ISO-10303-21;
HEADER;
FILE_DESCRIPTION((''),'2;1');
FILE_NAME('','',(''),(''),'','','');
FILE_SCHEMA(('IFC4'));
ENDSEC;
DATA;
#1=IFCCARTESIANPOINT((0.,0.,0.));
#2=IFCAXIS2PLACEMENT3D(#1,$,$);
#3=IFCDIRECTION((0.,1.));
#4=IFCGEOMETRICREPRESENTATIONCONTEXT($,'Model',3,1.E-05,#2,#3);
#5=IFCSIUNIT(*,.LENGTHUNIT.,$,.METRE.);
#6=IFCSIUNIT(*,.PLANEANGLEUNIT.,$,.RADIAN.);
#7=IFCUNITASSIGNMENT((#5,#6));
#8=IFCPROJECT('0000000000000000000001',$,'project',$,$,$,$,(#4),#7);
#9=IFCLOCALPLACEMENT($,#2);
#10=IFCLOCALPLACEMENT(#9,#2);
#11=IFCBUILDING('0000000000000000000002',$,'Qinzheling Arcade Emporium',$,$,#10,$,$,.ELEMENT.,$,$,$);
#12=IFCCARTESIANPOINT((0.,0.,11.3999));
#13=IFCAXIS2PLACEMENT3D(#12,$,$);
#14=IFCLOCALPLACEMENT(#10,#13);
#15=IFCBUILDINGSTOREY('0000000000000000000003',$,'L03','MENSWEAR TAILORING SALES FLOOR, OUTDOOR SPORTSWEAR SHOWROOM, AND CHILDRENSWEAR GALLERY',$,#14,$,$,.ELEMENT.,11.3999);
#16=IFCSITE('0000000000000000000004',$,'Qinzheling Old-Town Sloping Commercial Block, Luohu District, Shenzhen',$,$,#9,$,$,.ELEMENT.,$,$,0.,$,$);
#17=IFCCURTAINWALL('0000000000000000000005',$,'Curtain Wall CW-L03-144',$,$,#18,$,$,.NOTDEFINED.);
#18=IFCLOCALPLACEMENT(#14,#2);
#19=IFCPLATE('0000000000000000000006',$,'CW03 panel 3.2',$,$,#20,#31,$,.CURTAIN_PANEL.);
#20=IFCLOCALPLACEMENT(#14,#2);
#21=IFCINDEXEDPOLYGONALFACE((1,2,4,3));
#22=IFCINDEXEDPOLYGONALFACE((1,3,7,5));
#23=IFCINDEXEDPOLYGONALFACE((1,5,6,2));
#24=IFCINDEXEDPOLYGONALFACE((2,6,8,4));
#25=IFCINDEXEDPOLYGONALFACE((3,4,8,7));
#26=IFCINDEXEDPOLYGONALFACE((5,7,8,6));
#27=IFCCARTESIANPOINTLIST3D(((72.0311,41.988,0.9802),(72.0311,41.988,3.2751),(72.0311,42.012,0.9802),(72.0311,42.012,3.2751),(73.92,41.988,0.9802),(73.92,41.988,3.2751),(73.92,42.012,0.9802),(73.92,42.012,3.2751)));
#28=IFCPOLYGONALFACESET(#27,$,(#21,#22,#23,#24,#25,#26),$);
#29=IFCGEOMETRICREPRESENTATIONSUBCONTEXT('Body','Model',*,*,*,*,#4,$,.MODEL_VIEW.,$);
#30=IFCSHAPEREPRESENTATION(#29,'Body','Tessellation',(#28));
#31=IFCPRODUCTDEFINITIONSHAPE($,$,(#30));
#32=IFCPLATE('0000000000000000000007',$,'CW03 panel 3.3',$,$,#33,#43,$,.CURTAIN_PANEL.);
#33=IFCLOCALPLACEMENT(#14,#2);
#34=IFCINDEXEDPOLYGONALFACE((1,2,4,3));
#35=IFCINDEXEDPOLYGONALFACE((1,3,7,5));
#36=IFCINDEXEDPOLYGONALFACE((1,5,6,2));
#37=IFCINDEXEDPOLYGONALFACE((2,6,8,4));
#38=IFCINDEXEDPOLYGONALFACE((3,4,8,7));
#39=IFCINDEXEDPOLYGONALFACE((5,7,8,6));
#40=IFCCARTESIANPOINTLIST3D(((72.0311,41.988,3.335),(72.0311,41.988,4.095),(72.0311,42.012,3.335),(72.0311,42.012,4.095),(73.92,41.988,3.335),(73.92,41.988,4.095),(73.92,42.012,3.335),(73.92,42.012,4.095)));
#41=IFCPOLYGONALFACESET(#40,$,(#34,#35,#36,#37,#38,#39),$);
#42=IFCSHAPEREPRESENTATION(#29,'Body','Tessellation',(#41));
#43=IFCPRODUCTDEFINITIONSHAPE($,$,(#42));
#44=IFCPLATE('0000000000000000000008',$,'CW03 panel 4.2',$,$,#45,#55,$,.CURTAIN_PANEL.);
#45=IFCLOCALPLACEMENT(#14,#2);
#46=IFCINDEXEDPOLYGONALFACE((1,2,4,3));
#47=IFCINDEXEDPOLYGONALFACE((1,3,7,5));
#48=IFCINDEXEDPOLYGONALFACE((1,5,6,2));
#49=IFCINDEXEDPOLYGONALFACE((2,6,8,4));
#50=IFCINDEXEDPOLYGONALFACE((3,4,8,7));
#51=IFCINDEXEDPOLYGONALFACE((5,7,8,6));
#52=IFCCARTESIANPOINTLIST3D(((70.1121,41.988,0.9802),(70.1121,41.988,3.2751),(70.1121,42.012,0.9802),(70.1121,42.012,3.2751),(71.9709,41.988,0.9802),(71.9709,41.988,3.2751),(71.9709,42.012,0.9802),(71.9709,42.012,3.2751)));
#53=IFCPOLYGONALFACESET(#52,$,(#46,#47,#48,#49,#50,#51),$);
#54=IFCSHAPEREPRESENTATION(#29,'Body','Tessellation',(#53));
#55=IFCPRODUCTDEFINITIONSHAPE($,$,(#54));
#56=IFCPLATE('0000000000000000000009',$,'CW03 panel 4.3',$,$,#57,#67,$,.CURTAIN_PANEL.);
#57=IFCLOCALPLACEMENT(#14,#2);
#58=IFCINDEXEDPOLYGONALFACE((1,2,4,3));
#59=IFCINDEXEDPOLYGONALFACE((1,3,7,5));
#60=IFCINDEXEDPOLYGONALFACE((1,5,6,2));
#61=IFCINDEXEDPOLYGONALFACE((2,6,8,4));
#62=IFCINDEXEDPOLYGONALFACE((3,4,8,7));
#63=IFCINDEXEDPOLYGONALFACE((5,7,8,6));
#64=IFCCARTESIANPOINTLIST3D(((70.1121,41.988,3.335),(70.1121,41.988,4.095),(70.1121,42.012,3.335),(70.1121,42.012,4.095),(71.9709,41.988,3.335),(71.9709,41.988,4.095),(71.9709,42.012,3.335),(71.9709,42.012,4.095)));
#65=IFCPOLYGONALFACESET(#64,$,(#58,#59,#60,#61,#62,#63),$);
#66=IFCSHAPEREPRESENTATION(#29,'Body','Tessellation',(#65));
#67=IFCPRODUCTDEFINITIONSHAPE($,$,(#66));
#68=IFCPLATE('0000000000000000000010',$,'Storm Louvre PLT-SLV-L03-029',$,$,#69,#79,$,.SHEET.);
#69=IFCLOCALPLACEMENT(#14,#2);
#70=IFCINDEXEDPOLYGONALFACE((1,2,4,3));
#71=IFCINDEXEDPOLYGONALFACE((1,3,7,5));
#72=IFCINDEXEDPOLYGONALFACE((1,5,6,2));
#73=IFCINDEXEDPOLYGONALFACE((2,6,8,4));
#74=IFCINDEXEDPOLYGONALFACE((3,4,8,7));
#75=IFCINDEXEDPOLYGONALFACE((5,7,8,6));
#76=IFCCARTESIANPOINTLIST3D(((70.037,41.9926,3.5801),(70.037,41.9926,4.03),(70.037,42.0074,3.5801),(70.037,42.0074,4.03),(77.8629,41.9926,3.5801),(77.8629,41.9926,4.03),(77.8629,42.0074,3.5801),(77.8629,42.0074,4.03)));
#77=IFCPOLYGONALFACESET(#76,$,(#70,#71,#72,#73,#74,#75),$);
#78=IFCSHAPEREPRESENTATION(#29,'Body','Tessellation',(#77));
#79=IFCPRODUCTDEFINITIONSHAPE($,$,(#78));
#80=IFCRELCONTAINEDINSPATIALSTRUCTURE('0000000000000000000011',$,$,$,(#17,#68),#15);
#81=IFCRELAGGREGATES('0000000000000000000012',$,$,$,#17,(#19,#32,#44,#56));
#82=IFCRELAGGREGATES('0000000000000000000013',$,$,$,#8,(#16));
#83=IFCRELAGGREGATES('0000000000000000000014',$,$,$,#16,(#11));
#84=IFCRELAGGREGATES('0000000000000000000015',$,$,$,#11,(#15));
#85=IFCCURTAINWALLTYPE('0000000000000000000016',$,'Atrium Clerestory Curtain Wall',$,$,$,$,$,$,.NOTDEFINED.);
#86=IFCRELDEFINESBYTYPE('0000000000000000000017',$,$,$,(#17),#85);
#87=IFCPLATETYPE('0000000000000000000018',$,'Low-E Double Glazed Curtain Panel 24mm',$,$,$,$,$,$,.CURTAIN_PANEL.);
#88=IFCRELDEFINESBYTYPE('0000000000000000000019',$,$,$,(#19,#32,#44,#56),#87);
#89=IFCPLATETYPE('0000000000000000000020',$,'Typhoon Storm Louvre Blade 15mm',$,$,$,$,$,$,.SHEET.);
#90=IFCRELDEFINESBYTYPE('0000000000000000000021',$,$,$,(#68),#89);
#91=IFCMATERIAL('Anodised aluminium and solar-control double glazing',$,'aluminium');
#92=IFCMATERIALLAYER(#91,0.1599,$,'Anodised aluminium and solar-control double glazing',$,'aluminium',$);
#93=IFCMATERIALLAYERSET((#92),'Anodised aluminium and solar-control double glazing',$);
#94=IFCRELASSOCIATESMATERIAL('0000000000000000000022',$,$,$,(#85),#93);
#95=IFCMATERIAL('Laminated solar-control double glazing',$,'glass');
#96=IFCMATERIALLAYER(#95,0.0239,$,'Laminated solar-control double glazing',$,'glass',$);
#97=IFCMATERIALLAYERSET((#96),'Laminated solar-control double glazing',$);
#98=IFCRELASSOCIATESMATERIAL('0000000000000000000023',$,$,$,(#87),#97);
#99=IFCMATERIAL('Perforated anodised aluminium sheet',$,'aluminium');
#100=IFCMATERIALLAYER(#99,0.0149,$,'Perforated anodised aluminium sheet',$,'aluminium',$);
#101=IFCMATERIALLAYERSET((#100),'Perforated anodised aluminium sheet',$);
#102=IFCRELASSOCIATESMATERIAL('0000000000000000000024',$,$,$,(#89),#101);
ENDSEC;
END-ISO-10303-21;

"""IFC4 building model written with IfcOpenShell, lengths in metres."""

from ifc_helpers import new_model, si_unit, direction, frame, origin, origin_2d, place, context, subcontext, project, spatial, rectangle, extrude, material, layer, layer_set, type_object, element, aggregate, save


model = new_model("IFC4")

# Units and contexts
model_context = context("Model", 3, precision=1e-05, world=origin(), true_north=direction((0.0, 1.0)))
body_context = subcontext(model_context, "Body", "Model", "MODEL_VIEW")
ifc_project = project(units=[si_unit("LENGTHUNIT", "METRE"), si_unit("PLANEANGLEUNIT", "RADIAN")], contexts=[model_context])

# Site, building, storey
site_placement = place(None, origin())
site = spatial("IfcSite", under=ifc_project, at=site_placement, Name="Qinzheling Old-Town Sloping Commercial Block, Luohu District, Shenzhen", CompositionType="ELEMENT", RefElevation=0.0)
building_placement = place(site_placement, origin())
building = spatial("IfcBuilding", under=site, at=building_placement, Name="Qinzheling Arcade Emporium", CompositionType="ELEMENT")
storey_placement = place(building_placement, frame((0.0, 0.0, 11.3999)))
storey = spatial("IfcBuildingStorey", under=building, at=storey_placement, Name="L03", Description="MENSWEAR TAILORING SALES FLOOR, OUTDOOR SPORTSWEAR SHOWROOM, AND CHILDRENSWEAR GALLERY", CompositionType="ELEMENT", Elevation=11.3999)

# Curtain wall, plates
ifc_material_1 = material(Name="Anodised aluminium and solar-control double glazing", Category="aluminium")
ifc_layer_1 = layer(ifc_material_1, 0.1599, Name="Anodised aluminium and solar-control double glazing", Category="aluminium")
ifc_layer_set_1 = layer_set([ifc_layer_1], Name="Anodised aluminium and solar-control double glazing")
curtain_wall_type = type_object("IfcCurtainWallType", Name="Atrium Clerestory Curtain Wall", PredefinedType="NOTDEFINED", material=ifc_layer_set_1)
curtain_wall_placement = place(storey_placement, origin())
curtain_wall = element("IfcCurtainWall", 1, at=curtain_wall_placement, inside=storey, type_object=curtain_wall_type, Name="Curtain Wall CW-L03-144", PredefinedType="NOTDEFINED")
ifc_material_2 = material(Name="Laminated solar-control double glazing", Category="glass")
ifc_layer_2 = layer(ifc_material_2, 0.0239, Name="Laminated solar-control double glazing", Category="glass")
ifc_layer_set_2 = layer_set([ifc_layer_2], Name="Laminated solar-control double glazing")
plate_type_1 = type_object("IfcPlateType", Name="Low-E Double Glazed Curtain Panel 24mm", PredefinedType="CURTAIN_PANEL", material=ifc_layer_set_2)
plate_1_placement = place(storey_placement, frame((72.9756, 42.0, 0.9802), z_axis=(0.0, 0.0, 1.0), x_axis=(-1.0, 0.0, 0.0)))
plate_1 = element("IfcPlate", 2, at=plate_1_placement, type_object=plate_type_1, Name="CW03 panel 3.2", PredefinedType="CURTAIN_PANEL", context=body_context, shape_type="SweptSolid", body=[
    extrude(rectangle(XDim=1.8889, YDim=0.0239, at=origin_2d()), origin(), (0.0, 0.0, 1.0), 2.2949),
])
plate_2_placement = place(storey_placement, frame((72.9756, 42.0, 3.335), z_axis=(0.0, 0.0, 1.0), x_axis=(-1.0, 0.0, 0.0)))
plate_2 = element("IfcPlate", 3, at=plate_2_placement, type_object=plate_type_1, Name="CW03 panel 3.3", PredefinedType="CURTAIN_PANEL", context=body_context, shape_type="SweptSolid", body=[
    extrude(rectangle(XDim=1.8889, YDim=0.0239, at=origin_2d()), origin(), (0.0, 0.0, 1.0), 0.76),
])
plate_3_placement = place(storey_placement, frame((71.0415, 42.0, 0.9802), z_axis=(0.0, 0.0, 1.0), x_axis=(-1.0, 0.0, 0.0)))
plate_3 = element("IfcPlate", 4, at=plate_3_placement, type_object=plate_type_1, Name="CW03 panel 4.2", PredefinedType="CURTAIN_PANEL", context=body_context, shape_type="SweptSolid", body=[
    extrude(rectangle(XDim=1.8589, YDim=0.0239, at=origin_2d()), origin(), (0.0, 0.0, 1.0), 2.2949),
])
plate_4_placement = place(storey_placement, frame((71.0415, 42.0, 3.335), z_axis=(0.0, 0.0, 1.0), x_axis=(-1.0, 0.0, 0.0)))
plate_4 = element("IfcPlate", 5, at=plate_4_placement, type_object=plate_type_1, Name="CW03 panel 4.3", PredefinedType="CURTAIN_PANEL", context=body_context, shape_type="SweptSolid", body=[
    extrude(rectangle(XDim=1.8589, YDim=0.0239, at=origin_2d()), origin(), (0.0, 0.0, 1.0), 0.76),
])
aggregate(curtain_wall, [plate_1, plate_2, plate_3, plate_4])

# Plate
ifc_material_3 = material(Name="Perforated anodised aluminium sheet", Category="aluminium")
ifc_layer_3 = layer(ifc_material_3, 0.0149, Name="Perforated anodised aluminium sheet", Category="aluminium")
ifc_layer_set_3 = layer_set([ifc_layer_3], Name="Perforated anodised aluminium sheet")
plate_type_2 = type_object("IfcPlateType", Name="Typhoon Storm Louvre Blade 15mm", PredefinedType="SHEET", material=ifc_layer_set_3)
plate_5_placement = place(storey_placement, frame((73.95, 42.0, 3.5801), z_axis=(0.0, 0.0, 1.0), x_axis=(-1.0, 0.0, 0.0)))
element("IfcPlate", 6, at=plate_5_placement, inside=storey, type_object=plate_type_2, Name="Storm Louvre PLT-SLV-L03-029", PredefinedType="SHEET", context=body_context, shape_type="SweptSolid", body=[
    extrude(rectangle(XDim=7.8259, YDim=0.0149, at=origin_2d()), origin(), (0.0, 0.0, 1.0), 0.45),
])

save(model, "model.ifc")
